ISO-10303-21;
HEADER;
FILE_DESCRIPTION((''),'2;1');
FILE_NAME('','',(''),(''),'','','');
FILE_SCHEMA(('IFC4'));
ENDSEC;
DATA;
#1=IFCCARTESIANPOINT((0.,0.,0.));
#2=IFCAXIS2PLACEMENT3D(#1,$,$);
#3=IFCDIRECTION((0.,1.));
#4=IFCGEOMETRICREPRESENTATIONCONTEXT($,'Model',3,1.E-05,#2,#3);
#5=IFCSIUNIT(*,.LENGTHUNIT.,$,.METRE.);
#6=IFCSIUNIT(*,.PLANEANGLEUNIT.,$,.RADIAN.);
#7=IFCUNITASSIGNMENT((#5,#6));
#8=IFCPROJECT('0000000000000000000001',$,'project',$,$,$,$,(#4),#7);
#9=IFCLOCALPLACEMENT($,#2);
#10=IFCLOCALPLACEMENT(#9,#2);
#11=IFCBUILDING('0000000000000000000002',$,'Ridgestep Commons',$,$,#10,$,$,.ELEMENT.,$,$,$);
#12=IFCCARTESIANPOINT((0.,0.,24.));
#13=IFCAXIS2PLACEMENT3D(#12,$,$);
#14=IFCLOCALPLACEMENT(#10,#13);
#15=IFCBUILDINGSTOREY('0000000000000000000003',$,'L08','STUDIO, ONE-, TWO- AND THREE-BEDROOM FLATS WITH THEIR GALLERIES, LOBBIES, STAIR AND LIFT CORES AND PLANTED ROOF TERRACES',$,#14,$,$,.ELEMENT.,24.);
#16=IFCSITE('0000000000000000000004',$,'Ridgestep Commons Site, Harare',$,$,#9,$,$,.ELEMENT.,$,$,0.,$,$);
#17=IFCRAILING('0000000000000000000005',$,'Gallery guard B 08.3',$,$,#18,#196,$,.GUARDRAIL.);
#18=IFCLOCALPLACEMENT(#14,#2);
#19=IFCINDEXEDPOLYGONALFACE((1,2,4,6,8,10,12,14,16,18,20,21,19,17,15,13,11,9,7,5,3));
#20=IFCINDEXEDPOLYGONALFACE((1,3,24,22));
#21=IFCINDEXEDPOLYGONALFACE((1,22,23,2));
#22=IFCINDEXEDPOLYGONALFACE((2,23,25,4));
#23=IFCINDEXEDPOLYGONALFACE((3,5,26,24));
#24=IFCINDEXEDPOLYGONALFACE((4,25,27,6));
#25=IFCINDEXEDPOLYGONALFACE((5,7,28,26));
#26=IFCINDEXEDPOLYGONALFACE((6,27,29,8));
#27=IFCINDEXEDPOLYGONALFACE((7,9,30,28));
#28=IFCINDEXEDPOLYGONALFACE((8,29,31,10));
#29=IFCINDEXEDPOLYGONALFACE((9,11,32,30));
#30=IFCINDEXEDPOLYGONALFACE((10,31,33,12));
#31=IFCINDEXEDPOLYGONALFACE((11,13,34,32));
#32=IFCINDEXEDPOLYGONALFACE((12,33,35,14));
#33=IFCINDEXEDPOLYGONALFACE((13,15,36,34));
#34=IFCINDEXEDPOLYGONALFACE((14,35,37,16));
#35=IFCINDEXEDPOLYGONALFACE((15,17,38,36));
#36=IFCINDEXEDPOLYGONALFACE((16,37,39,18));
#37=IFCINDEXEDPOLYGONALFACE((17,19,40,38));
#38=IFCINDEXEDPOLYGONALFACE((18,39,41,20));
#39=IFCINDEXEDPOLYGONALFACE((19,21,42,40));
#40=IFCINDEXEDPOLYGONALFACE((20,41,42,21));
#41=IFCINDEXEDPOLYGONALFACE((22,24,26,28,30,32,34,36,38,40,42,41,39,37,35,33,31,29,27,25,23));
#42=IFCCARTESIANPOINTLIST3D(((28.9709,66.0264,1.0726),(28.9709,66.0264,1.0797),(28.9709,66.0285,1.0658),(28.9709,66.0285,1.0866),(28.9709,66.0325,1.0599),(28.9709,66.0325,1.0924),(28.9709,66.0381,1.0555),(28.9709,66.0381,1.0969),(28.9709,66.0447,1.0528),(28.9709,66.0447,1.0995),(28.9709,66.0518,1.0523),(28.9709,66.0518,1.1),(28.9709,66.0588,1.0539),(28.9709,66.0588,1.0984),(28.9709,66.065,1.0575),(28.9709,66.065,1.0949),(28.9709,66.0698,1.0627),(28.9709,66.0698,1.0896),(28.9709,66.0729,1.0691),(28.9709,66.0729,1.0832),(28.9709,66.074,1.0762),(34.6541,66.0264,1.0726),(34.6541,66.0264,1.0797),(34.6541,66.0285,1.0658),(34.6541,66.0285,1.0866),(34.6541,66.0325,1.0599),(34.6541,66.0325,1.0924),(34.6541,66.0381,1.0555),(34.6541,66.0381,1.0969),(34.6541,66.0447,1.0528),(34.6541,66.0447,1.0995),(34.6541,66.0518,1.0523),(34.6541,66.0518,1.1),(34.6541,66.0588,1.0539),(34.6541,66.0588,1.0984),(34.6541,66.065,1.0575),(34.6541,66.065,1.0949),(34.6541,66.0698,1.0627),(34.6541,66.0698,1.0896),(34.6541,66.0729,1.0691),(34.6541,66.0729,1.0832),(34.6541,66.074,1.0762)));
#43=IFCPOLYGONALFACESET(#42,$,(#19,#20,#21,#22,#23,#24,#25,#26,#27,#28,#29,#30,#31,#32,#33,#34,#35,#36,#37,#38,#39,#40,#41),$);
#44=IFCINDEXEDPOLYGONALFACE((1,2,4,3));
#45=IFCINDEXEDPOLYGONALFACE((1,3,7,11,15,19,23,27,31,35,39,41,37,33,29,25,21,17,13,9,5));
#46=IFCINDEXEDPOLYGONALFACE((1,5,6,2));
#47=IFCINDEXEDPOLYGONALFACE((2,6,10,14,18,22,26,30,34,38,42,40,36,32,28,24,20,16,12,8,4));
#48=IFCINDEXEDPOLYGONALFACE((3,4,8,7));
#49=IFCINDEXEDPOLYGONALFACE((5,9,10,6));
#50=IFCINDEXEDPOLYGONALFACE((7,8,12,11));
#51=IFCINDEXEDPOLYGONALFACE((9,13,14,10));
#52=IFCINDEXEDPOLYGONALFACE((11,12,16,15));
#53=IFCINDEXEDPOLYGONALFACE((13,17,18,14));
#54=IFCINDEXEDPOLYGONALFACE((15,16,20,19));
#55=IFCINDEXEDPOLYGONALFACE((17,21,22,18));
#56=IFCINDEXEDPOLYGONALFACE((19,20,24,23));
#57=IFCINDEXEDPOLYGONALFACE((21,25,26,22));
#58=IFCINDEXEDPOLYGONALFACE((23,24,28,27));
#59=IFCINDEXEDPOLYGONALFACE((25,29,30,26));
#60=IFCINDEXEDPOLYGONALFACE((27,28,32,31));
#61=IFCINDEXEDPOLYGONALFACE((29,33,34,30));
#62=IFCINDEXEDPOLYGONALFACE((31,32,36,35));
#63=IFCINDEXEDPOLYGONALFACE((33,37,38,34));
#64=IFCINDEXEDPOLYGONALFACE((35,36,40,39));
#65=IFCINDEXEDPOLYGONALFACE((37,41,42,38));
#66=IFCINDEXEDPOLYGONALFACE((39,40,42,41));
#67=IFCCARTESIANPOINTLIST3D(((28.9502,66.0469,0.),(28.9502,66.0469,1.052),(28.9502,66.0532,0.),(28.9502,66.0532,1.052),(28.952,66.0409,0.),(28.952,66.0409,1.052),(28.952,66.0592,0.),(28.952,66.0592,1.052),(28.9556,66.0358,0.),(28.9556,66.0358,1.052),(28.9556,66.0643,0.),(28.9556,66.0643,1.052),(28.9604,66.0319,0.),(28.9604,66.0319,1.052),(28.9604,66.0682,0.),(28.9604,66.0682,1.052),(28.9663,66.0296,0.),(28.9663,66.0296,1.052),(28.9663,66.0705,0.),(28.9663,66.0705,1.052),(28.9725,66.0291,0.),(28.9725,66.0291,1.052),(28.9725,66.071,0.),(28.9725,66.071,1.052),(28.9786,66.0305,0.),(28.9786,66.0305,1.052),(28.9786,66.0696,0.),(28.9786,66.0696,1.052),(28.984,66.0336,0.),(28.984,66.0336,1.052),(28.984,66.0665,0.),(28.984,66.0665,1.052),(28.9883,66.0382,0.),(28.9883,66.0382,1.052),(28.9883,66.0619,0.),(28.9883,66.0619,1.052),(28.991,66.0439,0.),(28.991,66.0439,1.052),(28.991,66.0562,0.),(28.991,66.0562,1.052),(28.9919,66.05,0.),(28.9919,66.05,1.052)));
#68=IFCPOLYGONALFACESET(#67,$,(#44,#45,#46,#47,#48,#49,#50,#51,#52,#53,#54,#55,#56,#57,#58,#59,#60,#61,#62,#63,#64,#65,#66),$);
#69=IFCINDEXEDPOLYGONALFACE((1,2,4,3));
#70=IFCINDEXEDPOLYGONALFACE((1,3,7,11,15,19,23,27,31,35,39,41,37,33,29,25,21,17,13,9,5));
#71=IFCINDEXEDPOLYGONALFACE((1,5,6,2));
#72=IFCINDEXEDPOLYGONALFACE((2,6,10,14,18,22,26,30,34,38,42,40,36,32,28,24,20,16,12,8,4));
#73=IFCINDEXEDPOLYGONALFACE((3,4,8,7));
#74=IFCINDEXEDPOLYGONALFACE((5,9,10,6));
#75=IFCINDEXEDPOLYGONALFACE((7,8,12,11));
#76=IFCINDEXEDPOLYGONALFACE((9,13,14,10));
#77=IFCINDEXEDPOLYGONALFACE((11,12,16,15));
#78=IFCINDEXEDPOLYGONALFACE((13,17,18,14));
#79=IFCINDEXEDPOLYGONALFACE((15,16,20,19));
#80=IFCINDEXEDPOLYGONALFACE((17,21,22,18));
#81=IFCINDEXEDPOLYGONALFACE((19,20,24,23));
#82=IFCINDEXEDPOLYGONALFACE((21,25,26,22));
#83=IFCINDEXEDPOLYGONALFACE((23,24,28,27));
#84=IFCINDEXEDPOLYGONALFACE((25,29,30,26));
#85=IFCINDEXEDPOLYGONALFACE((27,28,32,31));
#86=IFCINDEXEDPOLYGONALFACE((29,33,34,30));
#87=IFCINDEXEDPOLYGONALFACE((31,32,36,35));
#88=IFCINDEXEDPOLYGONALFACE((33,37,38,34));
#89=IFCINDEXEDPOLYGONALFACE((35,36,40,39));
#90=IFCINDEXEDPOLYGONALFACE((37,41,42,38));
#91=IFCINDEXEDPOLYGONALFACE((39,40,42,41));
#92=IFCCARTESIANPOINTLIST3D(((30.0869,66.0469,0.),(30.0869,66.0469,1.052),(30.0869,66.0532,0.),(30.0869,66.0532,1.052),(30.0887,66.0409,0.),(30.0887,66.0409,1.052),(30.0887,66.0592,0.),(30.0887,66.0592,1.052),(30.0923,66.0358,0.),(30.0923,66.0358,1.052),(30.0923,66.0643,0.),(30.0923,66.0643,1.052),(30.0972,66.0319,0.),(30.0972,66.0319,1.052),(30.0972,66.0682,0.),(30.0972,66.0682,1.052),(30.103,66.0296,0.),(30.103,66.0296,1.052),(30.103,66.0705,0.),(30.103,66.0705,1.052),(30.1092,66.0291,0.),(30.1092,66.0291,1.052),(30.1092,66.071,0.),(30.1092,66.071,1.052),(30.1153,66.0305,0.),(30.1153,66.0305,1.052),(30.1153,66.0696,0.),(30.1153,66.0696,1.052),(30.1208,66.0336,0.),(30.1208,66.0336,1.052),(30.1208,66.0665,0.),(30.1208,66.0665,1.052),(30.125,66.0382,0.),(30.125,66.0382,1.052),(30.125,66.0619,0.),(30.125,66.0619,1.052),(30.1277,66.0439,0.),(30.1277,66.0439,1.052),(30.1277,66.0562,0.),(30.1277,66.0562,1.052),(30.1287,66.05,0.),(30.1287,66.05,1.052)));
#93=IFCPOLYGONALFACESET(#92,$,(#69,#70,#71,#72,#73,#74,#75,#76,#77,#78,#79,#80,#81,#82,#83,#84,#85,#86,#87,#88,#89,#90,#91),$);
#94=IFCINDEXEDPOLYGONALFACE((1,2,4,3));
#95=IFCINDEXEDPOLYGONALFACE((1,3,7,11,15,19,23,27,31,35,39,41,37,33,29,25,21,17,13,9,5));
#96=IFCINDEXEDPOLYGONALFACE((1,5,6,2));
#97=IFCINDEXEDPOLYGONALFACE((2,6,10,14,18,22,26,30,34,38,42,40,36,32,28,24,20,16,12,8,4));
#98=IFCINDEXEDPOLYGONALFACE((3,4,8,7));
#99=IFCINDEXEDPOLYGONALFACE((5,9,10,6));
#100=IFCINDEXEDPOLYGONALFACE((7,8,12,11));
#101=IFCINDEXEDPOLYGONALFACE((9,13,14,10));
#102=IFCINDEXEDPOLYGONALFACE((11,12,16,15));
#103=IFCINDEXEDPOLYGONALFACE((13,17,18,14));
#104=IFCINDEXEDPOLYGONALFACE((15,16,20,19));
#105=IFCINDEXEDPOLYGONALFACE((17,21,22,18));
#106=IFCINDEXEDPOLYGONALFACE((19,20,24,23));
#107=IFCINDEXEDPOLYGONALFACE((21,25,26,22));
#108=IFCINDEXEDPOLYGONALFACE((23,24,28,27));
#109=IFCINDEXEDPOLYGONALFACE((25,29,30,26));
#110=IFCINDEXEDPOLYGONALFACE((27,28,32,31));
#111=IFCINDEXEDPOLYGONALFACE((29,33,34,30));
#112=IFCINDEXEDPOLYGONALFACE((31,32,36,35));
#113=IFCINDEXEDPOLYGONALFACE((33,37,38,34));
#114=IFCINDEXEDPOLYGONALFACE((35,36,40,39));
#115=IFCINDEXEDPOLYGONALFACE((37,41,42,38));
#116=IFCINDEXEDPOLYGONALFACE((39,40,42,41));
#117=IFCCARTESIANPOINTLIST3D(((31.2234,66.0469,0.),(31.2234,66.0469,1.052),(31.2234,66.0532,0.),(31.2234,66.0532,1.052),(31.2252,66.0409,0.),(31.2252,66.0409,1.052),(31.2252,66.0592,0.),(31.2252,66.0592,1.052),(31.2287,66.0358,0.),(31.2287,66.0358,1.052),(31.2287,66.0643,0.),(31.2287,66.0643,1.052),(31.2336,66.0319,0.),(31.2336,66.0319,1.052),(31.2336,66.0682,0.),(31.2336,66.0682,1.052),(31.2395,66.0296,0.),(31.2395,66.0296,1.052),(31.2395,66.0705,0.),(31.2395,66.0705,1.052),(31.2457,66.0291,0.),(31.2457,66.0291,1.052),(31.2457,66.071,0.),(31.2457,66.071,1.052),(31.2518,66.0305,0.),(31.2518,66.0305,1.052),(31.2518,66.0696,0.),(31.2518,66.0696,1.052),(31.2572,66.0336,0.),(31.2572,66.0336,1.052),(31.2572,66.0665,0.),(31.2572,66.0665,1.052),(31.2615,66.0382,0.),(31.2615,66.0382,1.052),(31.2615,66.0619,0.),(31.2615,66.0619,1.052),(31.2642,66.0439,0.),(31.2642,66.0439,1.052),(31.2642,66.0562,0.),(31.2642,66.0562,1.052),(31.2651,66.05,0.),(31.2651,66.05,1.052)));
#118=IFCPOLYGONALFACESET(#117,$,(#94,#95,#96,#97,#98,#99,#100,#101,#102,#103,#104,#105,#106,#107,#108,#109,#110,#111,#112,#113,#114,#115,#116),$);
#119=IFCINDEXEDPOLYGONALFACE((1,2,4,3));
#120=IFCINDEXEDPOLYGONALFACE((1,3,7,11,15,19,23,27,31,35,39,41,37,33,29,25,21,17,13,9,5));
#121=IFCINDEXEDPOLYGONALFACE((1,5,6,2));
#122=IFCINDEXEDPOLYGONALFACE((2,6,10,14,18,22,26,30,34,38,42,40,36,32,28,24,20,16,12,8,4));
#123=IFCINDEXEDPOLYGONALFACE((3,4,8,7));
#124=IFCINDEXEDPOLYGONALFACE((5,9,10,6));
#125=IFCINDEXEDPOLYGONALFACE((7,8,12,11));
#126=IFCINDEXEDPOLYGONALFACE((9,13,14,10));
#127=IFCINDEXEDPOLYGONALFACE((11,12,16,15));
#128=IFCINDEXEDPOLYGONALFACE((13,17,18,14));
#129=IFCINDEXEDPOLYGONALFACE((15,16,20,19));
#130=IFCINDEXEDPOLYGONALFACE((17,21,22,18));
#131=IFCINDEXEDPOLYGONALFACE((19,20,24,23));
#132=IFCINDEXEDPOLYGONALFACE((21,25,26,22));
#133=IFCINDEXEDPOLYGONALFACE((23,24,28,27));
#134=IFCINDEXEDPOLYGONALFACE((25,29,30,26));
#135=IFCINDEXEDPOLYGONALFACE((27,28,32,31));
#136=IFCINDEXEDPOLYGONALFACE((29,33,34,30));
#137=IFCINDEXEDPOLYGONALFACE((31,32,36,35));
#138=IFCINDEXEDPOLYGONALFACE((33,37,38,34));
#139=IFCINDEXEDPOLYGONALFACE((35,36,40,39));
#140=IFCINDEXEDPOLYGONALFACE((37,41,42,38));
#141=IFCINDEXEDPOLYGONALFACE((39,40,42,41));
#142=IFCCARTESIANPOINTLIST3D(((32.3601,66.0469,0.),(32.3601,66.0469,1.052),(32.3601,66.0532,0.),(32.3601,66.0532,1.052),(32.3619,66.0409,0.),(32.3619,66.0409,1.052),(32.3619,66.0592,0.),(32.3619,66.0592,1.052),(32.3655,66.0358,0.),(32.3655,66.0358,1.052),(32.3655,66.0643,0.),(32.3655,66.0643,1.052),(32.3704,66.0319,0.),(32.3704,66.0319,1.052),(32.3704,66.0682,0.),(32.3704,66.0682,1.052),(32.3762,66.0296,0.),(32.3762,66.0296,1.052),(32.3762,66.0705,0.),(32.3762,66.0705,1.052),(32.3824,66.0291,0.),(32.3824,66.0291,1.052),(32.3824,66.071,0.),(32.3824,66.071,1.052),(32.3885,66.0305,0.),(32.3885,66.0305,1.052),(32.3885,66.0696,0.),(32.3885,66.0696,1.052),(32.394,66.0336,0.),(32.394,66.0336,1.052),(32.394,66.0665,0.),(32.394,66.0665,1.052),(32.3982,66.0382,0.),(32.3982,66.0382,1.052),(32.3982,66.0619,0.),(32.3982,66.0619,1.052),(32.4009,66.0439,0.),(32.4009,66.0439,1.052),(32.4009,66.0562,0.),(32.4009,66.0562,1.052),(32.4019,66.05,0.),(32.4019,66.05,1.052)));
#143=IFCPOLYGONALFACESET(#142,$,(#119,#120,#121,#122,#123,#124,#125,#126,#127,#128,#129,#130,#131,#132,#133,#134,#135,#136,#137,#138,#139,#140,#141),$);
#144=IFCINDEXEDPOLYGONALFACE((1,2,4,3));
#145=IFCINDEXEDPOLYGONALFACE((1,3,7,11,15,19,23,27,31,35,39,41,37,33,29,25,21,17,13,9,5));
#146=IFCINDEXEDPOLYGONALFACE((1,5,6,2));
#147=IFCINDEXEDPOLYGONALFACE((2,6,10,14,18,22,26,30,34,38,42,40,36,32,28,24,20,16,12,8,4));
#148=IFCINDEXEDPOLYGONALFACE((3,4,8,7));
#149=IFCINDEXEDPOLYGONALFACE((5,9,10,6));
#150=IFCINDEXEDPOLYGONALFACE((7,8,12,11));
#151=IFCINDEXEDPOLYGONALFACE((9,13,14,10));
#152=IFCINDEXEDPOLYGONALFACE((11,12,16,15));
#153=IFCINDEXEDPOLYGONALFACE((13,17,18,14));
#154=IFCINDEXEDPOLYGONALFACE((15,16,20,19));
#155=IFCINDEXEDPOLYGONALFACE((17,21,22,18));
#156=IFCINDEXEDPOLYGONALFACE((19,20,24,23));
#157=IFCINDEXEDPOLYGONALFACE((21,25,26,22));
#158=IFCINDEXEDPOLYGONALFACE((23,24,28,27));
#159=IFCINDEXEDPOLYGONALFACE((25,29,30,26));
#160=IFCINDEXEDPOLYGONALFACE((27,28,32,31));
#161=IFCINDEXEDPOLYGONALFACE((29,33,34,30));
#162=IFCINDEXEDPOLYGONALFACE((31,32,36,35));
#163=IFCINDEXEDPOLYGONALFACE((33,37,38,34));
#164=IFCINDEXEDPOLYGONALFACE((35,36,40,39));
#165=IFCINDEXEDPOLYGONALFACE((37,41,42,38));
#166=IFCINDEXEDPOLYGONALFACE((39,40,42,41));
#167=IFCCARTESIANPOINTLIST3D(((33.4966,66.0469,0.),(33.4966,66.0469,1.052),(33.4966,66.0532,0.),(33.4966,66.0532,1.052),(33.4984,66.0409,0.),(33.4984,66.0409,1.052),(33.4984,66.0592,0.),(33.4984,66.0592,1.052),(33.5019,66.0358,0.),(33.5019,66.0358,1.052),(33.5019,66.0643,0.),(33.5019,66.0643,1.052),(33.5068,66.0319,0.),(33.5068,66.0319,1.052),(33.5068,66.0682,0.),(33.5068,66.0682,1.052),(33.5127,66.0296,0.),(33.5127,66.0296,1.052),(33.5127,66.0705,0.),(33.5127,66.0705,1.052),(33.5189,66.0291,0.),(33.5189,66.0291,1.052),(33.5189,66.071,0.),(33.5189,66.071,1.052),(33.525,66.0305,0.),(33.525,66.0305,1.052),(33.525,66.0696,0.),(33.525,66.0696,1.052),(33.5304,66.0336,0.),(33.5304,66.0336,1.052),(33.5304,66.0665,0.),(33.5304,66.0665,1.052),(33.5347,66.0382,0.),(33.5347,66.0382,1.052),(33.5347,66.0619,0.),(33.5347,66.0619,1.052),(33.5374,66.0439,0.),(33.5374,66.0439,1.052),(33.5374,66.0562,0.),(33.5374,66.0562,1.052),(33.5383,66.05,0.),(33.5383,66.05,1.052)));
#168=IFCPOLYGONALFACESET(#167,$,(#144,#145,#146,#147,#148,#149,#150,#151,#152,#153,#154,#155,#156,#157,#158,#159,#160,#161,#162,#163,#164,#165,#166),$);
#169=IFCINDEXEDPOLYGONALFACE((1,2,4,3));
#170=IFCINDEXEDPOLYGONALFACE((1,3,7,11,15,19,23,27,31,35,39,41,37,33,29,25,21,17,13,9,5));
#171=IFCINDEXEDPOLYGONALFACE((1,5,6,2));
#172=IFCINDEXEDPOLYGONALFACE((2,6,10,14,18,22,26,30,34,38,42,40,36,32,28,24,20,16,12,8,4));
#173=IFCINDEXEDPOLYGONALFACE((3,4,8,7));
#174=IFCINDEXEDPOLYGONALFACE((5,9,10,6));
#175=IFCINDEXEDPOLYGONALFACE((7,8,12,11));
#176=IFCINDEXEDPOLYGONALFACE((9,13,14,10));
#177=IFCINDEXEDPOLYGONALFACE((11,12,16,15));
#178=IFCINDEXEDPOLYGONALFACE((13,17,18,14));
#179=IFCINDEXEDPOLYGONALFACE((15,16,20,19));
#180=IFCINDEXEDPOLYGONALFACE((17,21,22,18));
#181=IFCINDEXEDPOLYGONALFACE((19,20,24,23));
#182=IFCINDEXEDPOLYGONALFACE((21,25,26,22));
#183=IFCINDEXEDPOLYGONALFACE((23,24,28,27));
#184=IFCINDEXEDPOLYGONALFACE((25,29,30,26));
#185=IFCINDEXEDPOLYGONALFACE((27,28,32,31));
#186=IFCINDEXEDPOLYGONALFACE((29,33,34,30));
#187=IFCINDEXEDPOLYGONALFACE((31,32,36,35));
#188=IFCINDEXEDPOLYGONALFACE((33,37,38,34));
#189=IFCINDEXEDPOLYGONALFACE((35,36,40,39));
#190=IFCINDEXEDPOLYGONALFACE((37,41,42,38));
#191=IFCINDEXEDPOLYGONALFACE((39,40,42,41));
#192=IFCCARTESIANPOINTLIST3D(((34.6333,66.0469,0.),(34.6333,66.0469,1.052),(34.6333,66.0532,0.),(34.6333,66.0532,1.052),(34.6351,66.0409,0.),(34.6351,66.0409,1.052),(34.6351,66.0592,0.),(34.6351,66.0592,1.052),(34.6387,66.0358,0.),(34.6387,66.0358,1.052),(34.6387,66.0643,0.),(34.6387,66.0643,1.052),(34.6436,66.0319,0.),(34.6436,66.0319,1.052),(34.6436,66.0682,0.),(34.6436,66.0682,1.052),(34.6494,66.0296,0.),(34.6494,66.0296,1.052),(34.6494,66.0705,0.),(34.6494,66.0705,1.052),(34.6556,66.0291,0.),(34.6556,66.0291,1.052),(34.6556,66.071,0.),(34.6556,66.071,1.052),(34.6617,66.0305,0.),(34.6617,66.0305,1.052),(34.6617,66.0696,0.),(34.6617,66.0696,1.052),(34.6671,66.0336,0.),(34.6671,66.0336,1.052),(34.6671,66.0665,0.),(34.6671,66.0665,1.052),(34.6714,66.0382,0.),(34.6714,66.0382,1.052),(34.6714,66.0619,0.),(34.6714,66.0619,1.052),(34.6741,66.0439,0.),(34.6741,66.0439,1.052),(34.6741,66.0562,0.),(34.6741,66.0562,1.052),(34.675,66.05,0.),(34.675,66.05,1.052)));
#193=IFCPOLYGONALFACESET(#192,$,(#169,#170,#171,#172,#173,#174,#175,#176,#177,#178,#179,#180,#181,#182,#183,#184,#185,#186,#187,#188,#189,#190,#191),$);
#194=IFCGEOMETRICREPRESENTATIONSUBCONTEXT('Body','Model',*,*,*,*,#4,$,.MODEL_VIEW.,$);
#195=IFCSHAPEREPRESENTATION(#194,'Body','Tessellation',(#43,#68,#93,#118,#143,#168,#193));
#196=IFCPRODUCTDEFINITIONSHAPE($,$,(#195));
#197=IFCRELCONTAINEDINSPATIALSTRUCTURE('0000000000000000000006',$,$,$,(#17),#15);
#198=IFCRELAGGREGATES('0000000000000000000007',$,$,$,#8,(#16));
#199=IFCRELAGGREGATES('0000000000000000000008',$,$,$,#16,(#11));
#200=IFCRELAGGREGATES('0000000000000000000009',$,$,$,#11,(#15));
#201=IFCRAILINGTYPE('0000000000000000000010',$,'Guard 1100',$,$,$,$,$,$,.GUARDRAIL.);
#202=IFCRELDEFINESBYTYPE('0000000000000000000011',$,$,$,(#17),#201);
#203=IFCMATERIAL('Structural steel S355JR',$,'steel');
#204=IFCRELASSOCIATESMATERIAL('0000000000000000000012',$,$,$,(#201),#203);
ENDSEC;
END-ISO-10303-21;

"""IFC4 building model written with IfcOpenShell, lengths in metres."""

from ifc_helpers import new_model, si_unit, direction, frame, origin, origin_2d, place, context, subcontext, project, spatial, circle, extrude, material, type_object, element, save


model = new_model("IFC4")

# Units and contexts
model_context = context("Model", 3, precision=1e-05, world=origin(), true_north=direction((0.0, 1.0)))
body_context = subcontext(model_context, "Body", "Model", "MODEL_VIEW")
ifc_project = project(units=[si_unit("LENGTHUNIT", "METRE"), si_unit("PLANEANGLEUNIT", "RADIAN")], contexts=[model_context])

# Site, building, storey
site_placement = place(None, origin())
site = spatial("IfcSite", under=ifc_project, at=site_placement, Name="Ridgestep Commons Site, Harare", CompositionType="ELEMENT", RefElevation=0.0)
building_placement = place(site_placement, origin())
building = spatial("IfcBuilding", under=site, at=building_placement, Name="Ridgestep Commons", CompositionType="ELEMENT")
storey_placement = place(building_placement, frame((0.0, 0.0, 24.0)))
storey = spatial("IfcBuildingStorey", under=building, at=storey_placement, Name="L08", Description="STUDIO, ONE-, TWO- AND THREE-BEDROOM FLATS WITH THEIR GALLERIES, LOBBIES, STAIR AND LIFT CORES AND PLANTED ROOF TERRACES", CompositionType="ELEMENT", Elevation=24.0)

# Railing
ifc_material_1 = material(Name="Structural steel S355JR", Category="steel")
railing_type_1 = type_object("IfcRailingType", Name="Guard 1100", PredefinedType="GUARDRAIL", material=ifc_material_1)
railing_1_placement = place(storey_placement, frame((28.9709, 66.05, 0.0)))
element("IfcRailing", 1, at=railing_1_placement, inside=storey, type_object=railing_type_1, Name="Gallery guard B 08.3", PredefinedType="GUARDRAIL", context=body_context, shape_type="SweptSolid", body=[
    extrude(circle(Radius=0.0239, at=origin_2d()), frame((0.0, 0.0, 1.0762), z_axis=(1.0, 0.0, 0.0), x_axis=(0.0, 1.0, 0.0)), (0.0, 0.0, 1.0), 5.6831),
    extrude(circle(Radius=0.021, at=origin_2d()), origin(), (0.0, 0.0, 1.0), 1.052),
    extrude(circle(Radius=0.021, at=origin_2d()), frame((1.1367, 0.0, 0.0)), (0.0, 0.0, 1.0), 1.052),
    extrude(circle(Radius=0.021, at=origin_2d()), frame((2.2732, 0.0, 0.0)), (0.0, 0.0, 1.0), 1.052),
    extrude(circle(Radius=0.021, at=origin_2d()), frame((3.4099, 0.0, 0.0)), (0.0, 0.0, 1.0), 1.052),
    extrude(circle(Radius=0.021, at=origin_2d()), frame((4.5464, 0.0, 0.0)), (0.0, 0.0, 1.0), 1.052),
    extrude(circle(Radius=0.021, at=origin_2d()), frame((5.6831, 0.0, 0.0)), (0.0, 0.0, 1.0), 1.052),
])

save(model, "model.ifc")
